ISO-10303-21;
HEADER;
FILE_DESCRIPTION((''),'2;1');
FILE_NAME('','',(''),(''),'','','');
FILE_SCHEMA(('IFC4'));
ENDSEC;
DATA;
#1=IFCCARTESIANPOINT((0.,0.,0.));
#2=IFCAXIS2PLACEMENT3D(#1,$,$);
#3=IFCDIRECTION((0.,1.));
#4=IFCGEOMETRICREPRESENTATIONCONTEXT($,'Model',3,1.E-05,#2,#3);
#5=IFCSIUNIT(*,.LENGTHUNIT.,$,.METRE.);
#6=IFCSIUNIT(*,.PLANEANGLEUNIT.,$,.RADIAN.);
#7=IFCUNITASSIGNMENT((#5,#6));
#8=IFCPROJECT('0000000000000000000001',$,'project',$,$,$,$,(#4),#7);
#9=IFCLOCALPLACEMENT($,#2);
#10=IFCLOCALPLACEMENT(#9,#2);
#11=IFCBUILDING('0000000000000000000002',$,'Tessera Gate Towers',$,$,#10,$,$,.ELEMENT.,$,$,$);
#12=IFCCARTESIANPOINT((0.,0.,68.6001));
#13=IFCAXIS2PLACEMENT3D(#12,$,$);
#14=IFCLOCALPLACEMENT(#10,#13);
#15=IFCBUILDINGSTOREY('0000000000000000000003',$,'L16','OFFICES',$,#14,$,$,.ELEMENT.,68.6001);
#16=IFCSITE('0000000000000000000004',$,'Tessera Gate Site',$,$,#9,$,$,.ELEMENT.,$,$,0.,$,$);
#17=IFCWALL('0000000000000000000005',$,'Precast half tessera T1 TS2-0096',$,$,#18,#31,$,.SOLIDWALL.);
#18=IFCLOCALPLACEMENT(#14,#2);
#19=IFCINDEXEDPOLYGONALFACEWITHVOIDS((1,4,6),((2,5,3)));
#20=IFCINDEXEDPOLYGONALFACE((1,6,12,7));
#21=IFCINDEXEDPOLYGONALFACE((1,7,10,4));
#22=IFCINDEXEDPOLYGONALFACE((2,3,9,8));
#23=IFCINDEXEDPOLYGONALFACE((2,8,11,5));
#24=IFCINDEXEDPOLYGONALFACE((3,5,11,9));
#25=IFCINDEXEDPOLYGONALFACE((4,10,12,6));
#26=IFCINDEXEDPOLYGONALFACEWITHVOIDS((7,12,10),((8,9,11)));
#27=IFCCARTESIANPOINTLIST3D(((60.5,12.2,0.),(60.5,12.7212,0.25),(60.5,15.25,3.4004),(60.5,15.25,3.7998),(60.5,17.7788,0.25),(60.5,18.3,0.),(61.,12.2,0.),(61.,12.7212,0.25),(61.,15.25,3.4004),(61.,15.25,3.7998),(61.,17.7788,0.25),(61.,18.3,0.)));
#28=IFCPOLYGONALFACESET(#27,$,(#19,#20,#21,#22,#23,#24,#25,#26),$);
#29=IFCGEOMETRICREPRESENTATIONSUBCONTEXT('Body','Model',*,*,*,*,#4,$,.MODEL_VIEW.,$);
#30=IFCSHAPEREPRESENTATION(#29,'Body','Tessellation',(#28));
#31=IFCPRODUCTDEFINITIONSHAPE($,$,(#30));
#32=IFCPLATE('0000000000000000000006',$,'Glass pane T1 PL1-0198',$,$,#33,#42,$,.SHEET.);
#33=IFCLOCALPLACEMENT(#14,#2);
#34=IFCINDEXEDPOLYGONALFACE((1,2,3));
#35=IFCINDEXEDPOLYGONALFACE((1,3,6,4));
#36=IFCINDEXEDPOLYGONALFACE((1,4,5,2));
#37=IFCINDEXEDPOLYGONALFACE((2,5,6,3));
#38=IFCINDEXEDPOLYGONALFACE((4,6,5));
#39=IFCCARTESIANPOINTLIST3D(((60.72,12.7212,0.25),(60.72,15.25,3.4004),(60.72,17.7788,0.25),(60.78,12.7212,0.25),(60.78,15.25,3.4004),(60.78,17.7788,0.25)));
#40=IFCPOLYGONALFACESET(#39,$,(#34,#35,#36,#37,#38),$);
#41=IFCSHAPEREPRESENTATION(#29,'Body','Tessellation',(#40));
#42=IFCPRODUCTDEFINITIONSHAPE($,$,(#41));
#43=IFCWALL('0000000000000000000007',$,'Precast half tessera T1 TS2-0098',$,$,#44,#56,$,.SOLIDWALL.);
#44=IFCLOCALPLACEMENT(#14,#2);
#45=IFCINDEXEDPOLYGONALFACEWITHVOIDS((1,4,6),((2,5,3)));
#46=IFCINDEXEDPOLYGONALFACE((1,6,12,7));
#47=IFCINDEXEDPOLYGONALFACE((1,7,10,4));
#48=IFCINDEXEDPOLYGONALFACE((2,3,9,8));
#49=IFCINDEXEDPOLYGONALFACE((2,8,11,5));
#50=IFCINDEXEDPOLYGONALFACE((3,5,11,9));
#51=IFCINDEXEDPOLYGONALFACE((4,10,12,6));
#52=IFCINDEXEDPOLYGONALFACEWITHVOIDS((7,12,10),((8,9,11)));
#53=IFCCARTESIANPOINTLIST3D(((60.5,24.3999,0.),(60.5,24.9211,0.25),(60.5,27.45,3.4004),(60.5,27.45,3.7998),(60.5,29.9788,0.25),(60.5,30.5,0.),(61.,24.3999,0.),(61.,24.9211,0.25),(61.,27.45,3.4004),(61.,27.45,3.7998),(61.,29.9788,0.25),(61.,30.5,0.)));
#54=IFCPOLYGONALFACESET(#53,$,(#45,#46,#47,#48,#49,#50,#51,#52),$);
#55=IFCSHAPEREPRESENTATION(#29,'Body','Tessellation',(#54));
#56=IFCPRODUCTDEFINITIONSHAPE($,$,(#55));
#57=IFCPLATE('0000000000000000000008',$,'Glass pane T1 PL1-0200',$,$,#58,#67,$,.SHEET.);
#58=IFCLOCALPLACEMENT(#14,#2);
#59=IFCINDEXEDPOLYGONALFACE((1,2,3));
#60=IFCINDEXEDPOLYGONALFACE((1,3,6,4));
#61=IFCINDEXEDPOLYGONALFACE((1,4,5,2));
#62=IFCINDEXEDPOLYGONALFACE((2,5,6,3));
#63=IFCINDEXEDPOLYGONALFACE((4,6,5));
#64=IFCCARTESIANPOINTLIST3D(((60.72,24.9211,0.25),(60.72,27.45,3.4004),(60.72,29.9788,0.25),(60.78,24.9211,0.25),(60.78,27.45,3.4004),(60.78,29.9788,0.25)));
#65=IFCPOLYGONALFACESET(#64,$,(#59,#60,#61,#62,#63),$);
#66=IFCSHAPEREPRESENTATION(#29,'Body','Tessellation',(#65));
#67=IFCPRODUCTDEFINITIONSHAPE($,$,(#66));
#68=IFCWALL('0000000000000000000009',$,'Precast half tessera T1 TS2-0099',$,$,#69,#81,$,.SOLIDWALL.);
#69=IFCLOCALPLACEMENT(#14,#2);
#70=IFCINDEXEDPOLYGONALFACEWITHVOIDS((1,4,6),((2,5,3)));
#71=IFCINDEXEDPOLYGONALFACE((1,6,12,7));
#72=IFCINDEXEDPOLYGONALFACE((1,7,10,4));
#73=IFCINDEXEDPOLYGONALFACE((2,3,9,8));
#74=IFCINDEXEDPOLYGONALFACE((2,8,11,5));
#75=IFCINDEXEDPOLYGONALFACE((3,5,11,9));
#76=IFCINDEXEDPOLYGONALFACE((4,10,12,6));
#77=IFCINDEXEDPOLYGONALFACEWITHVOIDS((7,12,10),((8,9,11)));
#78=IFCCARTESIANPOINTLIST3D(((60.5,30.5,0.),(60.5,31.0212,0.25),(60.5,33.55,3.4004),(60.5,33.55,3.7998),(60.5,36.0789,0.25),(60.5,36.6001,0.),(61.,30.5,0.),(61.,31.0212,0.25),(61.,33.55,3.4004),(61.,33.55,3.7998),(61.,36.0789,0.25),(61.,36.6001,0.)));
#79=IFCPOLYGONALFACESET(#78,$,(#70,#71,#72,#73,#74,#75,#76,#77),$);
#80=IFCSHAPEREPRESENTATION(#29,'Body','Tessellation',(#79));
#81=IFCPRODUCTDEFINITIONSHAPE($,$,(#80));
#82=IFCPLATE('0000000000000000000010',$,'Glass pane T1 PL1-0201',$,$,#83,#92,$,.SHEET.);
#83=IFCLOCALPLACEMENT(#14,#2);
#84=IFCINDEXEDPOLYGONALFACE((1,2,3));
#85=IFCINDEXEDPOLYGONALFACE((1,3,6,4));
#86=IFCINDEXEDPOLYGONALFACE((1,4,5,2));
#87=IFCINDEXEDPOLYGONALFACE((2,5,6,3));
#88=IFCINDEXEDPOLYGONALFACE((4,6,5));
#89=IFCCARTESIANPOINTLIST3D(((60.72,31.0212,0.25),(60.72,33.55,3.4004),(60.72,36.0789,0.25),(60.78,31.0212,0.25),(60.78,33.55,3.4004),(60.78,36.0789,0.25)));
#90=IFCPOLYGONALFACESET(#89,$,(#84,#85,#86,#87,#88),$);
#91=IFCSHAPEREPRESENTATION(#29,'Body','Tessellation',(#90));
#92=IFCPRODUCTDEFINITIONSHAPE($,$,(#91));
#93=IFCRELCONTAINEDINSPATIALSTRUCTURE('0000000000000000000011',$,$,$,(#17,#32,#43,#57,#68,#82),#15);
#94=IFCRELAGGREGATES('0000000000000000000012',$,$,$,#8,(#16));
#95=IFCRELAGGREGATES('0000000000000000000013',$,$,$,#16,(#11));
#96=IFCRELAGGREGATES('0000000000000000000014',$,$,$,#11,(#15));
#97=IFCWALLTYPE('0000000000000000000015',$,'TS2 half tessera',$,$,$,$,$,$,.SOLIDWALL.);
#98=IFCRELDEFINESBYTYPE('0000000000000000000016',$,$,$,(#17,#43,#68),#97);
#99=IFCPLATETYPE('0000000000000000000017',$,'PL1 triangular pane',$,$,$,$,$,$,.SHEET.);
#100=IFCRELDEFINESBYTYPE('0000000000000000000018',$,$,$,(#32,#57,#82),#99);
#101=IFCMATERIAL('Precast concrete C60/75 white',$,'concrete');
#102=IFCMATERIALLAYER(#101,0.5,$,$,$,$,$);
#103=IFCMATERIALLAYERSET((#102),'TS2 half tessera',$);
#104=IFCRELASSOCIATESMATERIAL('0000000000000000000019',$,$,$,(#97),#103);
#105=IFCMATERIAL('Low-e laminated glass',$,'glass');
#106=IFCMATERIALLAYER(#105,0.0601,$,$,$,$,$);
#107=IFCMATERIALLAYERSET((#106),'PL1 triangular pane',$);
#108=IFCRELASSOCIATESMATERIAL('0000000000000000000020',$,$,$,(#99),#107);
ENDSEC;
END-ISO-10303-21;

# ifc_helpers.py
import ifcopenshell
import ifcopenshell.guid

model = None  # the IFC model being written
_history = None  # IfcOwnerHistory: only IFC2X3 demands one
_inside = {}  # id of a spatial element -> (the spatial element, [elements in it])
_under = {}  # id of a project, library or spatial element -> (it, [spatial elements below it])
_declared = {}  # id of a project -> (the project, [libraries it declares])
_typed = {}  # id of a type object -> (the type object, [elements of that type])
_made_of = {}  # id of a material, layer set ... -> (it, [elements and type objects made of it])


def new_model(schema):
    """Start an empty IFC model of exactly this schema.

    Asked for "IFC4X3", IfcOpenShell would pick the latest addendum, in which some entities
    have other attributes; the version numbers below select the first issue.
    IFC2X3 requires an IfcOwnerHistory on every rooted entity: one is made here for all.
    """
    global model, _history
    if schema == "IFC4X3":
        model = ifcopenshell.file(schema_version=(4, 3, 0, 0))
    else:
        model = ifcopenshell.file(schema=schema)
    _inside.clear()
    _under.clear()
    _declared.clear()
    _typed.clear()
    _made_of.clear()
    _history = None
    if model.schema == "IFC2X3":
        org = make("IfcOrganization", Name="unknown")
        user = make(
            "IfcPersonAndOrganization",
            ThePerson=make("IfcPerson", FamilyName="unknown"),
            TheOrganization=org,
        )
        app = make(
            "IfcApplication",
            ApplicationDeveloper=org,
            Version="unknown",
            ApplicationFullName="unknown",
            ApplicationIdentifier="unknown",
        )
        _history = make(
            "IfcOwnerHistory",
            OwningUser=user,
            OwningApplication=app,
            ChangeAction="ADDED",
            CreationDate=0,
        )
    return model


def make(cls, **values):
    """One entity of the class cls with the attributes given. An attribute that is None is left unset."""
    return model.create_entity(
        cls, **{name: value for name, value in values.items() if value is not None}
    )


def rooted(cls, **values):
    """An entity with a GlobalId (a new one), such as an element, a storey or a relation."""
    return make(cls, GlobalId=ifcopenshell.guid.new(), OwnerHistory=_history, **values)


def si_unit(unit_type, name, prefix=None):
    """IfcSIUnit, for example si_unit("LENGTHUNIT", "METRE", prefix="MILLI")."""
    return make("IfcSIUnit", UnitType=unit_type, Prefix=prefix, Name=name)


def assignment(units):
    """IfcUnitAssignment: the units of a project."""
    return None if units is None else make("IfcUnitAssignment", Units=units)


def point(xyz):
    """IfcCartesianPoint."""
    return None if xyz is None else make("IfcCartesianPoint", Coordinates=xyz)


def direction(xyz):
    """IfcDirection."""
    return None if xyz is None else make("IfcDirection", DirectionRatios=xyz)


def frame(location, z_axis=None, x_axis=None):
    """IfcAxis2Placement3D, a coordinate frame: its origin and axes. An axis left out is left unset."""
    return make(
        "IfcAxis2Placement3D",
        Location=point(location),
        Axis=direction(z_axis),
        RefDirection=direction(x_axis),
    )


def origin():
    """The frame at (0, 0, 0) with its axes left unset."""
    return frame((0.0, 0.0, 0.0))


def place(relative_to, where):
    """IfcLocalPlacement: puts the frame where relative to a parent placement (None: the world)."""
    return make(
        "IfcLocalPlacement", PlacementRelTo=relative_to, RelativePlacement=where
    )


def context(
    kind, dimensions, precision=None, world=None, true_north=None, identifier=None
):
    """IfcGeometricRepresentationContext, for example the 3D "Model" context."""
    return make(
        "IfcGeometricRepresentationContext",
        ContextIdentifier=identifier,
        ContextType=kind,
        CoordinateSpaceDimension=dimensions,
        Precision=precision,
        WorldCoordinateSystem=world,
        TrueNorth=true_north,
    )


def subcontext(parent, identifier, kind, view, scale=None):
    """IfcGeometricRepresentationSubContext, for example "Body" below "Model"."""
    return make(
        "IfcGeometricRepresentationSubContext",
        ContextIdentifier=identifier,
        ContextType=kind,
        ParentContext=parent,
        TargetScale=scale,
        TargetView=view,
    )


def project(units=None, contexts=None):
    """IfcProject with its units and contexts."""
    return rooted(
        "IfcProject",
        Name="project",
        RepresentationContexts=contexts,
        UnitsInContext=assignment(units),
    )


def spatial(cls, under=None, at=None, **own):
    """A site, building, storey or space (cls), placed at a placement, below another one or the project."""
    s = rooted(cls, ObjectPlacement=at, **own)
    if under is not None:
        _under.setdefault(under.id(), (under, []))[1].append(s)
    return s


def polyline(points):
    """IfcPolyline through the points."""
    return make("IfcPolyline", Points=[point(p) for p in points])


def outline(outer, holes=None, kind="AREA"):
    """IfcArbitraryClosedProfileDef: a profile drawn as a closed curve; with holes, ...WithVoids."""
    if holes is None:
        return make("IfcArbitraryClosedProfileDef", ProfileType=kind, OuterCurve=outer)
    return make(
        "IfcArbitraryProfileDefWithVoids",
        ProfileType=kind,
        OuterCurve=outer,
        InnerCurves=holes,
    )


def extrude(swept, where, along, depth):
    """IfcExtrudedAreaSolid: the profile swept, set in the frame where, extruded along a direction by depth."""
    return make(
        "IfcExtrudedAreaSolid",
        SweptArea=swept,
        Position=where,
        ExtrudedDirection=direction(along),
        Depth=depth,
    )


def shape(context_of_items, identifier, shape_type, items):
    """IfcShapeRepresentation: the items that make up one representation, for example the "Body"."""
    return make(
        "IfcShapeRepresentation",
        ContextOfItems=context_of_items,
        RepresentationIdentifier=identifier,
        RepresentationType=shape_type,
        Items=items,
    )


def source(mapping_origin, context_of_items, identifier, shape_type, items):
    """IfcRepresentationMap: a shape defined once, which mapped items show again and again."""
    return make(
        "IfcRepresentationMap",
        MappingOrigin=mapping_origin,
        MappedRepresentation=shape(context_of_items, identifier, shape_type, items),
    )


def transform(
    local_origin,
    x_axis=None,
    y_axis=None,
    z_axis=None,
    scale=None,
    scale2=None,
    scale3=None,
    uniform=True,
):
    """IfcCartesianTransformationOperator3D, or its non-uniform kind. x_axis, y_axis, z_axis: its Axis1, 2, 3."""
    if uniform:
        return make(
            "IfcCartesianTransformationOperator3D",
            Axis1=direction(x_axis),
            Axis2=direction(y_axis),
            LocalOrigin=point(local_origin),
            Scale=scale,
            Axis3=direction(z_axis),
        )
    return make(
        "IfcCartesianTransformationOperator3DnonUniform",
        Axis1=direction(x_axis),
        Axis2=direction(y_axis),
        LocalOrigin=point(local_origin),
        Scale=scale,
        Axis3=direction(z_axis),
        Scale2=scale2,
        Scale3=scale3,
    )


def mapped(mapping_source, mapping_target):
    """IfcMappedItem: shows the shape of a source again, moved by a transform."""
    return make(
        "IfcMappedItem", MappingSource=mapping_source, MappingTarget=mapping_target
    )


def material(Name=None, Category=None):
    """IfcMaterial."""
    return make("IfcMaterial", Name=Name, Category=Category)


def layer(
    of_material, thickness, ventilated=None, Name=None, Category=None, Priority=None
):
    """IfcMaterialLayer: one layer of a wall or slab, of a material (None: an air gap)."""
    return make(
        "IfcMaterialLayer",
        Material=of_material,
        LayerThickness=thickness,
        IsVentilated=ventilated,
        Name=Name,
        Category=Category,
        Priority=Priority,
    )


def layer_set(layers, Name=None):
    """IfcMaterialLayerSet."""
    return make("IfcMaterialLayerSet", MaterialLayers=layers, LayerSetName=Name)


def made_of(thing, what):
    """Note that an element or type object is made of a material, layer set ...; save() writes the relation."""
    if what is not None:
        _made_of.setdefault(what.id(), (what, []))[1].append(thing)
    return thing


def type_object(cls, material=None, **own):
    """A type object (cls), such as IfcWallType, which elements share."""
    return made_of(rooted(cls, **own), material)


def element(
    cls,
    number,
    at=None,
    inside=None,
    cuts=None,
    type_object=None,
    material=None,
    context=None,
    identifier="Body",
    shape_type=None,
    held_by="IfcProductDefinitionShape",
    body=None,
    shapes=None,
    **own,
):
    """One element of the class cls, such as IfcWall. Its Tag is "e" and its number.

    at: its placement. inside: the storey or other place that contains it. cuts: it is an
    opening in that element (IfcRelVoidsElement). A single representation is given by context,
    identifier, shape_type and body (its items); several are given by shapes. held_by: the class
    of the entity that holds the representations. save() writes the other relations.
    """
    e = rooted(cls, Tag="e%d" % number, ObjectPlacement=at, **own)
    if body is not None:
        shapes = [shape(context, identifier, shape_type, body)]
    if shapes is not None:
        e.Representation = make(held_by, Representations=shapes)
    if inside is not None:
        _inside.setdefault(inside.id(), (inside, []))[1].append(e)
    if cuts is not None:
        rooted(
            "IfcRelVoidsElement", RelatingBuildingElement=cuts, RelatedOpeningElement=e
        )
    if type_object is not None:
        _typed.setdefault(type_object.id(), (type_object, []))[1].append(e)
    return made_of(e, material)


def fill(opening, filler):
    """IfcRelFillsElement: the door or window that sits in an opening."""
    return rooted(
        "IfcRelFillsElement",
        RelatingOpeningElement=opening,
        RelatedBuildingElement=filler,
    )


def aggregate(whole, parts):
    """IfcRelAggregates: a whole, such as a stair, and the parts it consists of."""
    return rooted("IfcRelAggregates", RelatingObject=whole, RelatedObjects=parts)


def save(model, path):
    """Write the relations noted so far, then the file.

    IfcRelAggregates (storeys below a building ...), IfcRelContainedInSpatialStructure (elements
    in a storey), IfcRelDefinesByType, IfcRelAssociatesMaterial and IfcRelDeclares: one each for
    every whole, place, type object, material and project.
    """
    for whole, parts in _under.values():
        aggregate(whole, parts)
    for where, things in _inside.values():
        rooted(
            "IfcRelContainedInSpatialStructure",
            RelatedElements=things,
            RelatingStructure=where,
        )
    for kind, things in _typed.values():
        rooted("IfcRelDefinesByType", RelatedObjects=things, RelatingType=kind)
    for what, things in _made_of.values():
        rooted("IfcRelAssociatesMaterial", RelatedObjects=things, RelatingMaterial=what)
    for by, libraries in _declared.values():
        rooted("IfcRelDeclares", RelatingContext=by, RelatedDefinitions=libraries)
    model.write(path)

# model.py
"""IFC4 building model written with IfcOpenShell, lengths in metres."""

from ifc_helpers import new_model, si_unit, direction, frame, origin, place, context, subcontext, project, spatial, polyline, outline, extrude, source, transform, mapped, material, layer, layer_set, type_object, element, fill, save


model = new_model("IFC4")

# Units and contexts
model_context = context("Model", 3, precision=1e-05, world=origin(), true_north=direction((0.0, 1.0)))
body_context = subcontext(model_context, "Body", "Model", "MODEL_VIEW")
ifc_project = project(units=[si_unit("LENGTHUNIT", "METRE"), si_unit("PLANEANGLEUNIT", "RADIAN")], contexts=[model_context])

# Site, building, storey
site_placement = place(None, origin())
site = spatial("IfcSite", under=ifc_project, at=site_placement, Name="Tessera Gate Site", CompositionType="ELEMENT", RefElevation=0.0)
building_placement = place(site_placement, origin())
building = spatial("IfcBuilding", under=site, at=building_placement, Name="Tessera Gate Towers", CompositionType="ELEMENT")
storey_placement = place(building_placement, frame((0.0, 0.0, 68.6001)))
storey = spatial("IfcBuildingStorey", under=building, at=storey_placement, Name="L16", Description="OFFICES", CompositionType="ELEMENT", Elevation=68.6001)

# Walls, openings, plates
ifc_material_1 = material(Name="Precast concrete C60/75 white", Category="concrete")
ifc_layer_1 = layer(ifc_material_1, 0.5)
ifc_layer_set_1 = layer_set([ifc_layer_1], Name="TS2 half tessera")
wall_type_1 = type_object("IfcWallType", Name="TS2 half tessera", PredefinedType="SOLIDWALL", material=ifc_layer_set_1)
shared_shape_1 = source(origin(), body_context, "Body", "SweptSolid", [
    extrude(outline(polyline([(6.1001, 0.0), (3.05, 3.7998), (0.0, 0.0), (6.1001, 0.0)])), frame((0.0, 0.25, 0.0), z_axis=(0.0, -1.0, 0.0), x_axis=(1.0, 0.0, 0.0)), (0.0, 0.0, 1.0), 0.5),
])
wall_1_placement = place(storey_placement, frame((60.75, 12.2, 0.0), z_axis=(0.0, 0.0, 1.0), x_axis=(0.0, 1.0, 0.0)))
wall_1 = element("IfcWall", 1, at=wall_1_placement, inside=storey, type_object=wall_type_1, Name="Precast half tessera T1 TS2-0096", PredefinedType="SOLIDWALL", context=body_context, shape_type="MappedRepresentation", body=[
    mapped(shared_shape_1, transform((0.0, 0.0, 0.0), scale=1.0)),
])
shared_shape_2 = source(origin(), body_context, "Body", "SweptSolid", [
    extrude(outline(polyline([(5.5789, 0.25), (3.05, 3.4004), (0.5212, 0.25), (5.5789, 0.25)])), frame((0.0, 0.26, 0.0), z_axis=(0.0, -1.0, 0.0), x_axis=(1.0, 0.0, 0.0)), (0.0, 0.0, 1.0), 0.52),
])
opening_1_placement = place(wall_1_placement, origin())
opening_1 = element("IfcOpeningElement", 2, at=opening_1_placement, cuts=wall_1, PredefinedType="OPENING", context=body_context, shape_type="MappedRepresentation", body=[
    mapped(shared_shape_2, transform((0.0, 0.0, 0.0), scale=1.0)),
])
ifc_material_2 = material(Name="Low-e laminated glass", Category="glass")
ifc_layer_2 = layer(ifc_material_2, 0.0601)
ifc_layer_set_2 = layer_set([ifc_layer_2], Name="PL1 triangular pane")
plate_type = type_object("IfcPlateType", Name="PL1 triangular pane", PredefinedType="SHEET", material=ifc_layer_set_2)
shared_shape_3 = source(origin(), body_context, "Body", "SweptSolid", [
    extrude(outline(polyline([(5.5789, 0.25), (3.05, 3.4004), (0.5212, 0.25), (5.5789, 0.25)])), frame((0.0, 0.03, 0.0), z_axis=(0.0, -1.0, 0.0), x_axis=(1.0, 0.0, 0.0)), (0.0, 0.0, 1.0), 0.0601),
])
plate_1_placement = place(opening_1_placement, origin())
plate_1 = element("IfcPlate", 3, at=plate_1_placement, inside=storey, type_object=plate_type, Name="Glass pane T1 PL1-0198", PredefinedType="SHEET", context=body_context, shape_type="MappedRepresentation", body=[
    mapped(shared_shape_3, transform((0.0, 0.0, 0.0), scale=1.0)),
])
fill(opening_1, plate_1)
wall_2_placement = place(storey_placement, frame((60.75, 24.3999, 0.0), z_axis=(0.0, 0.0, 1.0), x_axis=(0.0, 1.0, 0.0)))
wall_2 = element("IfcWall", 4, at=wall_2_placement, inside=storey, type_object=wall_type_1, Name="Precast half tessera T1 TS2-0098", PredefinedType="SOLIDWALL", context=body_context, shape_type="MappedRepresentation", body=[
    mapped(shared_shape_1, transform((0.0, 0.0, 0.0), scale=1.0)),
])
opening_2_placement = place(wall_2_placement, origin())
opening_2 = element("IfcOpeningElement", 5, at=opening_2_placement, cuts=wall_2, PredefinedType="OPENING", context=body_context, shape_type="MappedRepresentation", body=[
    mapped(shared_shape_2, transform((0.0, 0.0, 0.0), scale=1.0)),
])
plate_2_placement = place(opening_2_placement, origin())
plate_2 = element("IfcPlate", 6, at=plate_2_placement, inside=storey, type_object=plate_type, Name="Glass pane T1 PL1-0200", PredefinedType="SHEET", context=body_context, shape_type="MappedRepresentation", body=[
    mapped(shared_shape_3, transform((0.0, 0.0, 0.0), scale=1.0)),
])
fill(opening_2, plate_2)
wall_3_placement = place(storey_placement, frame((60.75, 30.5, 0.0), z_axis=(0.0, 0.0, 1.0), x_axis=(0.0, 1.0, 0.0)))
wall_3 = element("IfcWall", 7, at=wall_3_placement, inside=storey, type_object=wall_type_1, Name="Precast half tessera T1 TS2-0099", PredefinedType="SOLIDWALL", context=body_context, shape_type="MappedRepresentation", body=[
    mapped(shared_shape_1, transform((0.0, 0.0, 0.0), scale=1.0)),
])
opening_3_placement = place(wall_3_placement, origin())
opening_3 = element("IfcOpeningElement", 8, at=opening_3_placement, cuts=wall_3, PredefinedType="OPENING", context=body_context, shape_type="MappedRepresentation", body=[
    mapped(shared_shape_2, transform((0.0, 0.0, 0.0), scale=1.0)),
])
plate_3_placement = place(opening_3_placement, origin())
plate_3 = element("IfcPlate", 9, at=plate_3_placement, inside=storey, type_object=plate_type, Name="Glass pane T1 PL1-0201", PredefinedType="SHEET", context=body_context, shape_type="MappedRepresentation", body=[
    mapped(shared_shape_3, transform((0.0, 0.0, 0.0), scale=1.0)),
])
fill(opening_3, plate_3)

save(model, "model.ifc")
